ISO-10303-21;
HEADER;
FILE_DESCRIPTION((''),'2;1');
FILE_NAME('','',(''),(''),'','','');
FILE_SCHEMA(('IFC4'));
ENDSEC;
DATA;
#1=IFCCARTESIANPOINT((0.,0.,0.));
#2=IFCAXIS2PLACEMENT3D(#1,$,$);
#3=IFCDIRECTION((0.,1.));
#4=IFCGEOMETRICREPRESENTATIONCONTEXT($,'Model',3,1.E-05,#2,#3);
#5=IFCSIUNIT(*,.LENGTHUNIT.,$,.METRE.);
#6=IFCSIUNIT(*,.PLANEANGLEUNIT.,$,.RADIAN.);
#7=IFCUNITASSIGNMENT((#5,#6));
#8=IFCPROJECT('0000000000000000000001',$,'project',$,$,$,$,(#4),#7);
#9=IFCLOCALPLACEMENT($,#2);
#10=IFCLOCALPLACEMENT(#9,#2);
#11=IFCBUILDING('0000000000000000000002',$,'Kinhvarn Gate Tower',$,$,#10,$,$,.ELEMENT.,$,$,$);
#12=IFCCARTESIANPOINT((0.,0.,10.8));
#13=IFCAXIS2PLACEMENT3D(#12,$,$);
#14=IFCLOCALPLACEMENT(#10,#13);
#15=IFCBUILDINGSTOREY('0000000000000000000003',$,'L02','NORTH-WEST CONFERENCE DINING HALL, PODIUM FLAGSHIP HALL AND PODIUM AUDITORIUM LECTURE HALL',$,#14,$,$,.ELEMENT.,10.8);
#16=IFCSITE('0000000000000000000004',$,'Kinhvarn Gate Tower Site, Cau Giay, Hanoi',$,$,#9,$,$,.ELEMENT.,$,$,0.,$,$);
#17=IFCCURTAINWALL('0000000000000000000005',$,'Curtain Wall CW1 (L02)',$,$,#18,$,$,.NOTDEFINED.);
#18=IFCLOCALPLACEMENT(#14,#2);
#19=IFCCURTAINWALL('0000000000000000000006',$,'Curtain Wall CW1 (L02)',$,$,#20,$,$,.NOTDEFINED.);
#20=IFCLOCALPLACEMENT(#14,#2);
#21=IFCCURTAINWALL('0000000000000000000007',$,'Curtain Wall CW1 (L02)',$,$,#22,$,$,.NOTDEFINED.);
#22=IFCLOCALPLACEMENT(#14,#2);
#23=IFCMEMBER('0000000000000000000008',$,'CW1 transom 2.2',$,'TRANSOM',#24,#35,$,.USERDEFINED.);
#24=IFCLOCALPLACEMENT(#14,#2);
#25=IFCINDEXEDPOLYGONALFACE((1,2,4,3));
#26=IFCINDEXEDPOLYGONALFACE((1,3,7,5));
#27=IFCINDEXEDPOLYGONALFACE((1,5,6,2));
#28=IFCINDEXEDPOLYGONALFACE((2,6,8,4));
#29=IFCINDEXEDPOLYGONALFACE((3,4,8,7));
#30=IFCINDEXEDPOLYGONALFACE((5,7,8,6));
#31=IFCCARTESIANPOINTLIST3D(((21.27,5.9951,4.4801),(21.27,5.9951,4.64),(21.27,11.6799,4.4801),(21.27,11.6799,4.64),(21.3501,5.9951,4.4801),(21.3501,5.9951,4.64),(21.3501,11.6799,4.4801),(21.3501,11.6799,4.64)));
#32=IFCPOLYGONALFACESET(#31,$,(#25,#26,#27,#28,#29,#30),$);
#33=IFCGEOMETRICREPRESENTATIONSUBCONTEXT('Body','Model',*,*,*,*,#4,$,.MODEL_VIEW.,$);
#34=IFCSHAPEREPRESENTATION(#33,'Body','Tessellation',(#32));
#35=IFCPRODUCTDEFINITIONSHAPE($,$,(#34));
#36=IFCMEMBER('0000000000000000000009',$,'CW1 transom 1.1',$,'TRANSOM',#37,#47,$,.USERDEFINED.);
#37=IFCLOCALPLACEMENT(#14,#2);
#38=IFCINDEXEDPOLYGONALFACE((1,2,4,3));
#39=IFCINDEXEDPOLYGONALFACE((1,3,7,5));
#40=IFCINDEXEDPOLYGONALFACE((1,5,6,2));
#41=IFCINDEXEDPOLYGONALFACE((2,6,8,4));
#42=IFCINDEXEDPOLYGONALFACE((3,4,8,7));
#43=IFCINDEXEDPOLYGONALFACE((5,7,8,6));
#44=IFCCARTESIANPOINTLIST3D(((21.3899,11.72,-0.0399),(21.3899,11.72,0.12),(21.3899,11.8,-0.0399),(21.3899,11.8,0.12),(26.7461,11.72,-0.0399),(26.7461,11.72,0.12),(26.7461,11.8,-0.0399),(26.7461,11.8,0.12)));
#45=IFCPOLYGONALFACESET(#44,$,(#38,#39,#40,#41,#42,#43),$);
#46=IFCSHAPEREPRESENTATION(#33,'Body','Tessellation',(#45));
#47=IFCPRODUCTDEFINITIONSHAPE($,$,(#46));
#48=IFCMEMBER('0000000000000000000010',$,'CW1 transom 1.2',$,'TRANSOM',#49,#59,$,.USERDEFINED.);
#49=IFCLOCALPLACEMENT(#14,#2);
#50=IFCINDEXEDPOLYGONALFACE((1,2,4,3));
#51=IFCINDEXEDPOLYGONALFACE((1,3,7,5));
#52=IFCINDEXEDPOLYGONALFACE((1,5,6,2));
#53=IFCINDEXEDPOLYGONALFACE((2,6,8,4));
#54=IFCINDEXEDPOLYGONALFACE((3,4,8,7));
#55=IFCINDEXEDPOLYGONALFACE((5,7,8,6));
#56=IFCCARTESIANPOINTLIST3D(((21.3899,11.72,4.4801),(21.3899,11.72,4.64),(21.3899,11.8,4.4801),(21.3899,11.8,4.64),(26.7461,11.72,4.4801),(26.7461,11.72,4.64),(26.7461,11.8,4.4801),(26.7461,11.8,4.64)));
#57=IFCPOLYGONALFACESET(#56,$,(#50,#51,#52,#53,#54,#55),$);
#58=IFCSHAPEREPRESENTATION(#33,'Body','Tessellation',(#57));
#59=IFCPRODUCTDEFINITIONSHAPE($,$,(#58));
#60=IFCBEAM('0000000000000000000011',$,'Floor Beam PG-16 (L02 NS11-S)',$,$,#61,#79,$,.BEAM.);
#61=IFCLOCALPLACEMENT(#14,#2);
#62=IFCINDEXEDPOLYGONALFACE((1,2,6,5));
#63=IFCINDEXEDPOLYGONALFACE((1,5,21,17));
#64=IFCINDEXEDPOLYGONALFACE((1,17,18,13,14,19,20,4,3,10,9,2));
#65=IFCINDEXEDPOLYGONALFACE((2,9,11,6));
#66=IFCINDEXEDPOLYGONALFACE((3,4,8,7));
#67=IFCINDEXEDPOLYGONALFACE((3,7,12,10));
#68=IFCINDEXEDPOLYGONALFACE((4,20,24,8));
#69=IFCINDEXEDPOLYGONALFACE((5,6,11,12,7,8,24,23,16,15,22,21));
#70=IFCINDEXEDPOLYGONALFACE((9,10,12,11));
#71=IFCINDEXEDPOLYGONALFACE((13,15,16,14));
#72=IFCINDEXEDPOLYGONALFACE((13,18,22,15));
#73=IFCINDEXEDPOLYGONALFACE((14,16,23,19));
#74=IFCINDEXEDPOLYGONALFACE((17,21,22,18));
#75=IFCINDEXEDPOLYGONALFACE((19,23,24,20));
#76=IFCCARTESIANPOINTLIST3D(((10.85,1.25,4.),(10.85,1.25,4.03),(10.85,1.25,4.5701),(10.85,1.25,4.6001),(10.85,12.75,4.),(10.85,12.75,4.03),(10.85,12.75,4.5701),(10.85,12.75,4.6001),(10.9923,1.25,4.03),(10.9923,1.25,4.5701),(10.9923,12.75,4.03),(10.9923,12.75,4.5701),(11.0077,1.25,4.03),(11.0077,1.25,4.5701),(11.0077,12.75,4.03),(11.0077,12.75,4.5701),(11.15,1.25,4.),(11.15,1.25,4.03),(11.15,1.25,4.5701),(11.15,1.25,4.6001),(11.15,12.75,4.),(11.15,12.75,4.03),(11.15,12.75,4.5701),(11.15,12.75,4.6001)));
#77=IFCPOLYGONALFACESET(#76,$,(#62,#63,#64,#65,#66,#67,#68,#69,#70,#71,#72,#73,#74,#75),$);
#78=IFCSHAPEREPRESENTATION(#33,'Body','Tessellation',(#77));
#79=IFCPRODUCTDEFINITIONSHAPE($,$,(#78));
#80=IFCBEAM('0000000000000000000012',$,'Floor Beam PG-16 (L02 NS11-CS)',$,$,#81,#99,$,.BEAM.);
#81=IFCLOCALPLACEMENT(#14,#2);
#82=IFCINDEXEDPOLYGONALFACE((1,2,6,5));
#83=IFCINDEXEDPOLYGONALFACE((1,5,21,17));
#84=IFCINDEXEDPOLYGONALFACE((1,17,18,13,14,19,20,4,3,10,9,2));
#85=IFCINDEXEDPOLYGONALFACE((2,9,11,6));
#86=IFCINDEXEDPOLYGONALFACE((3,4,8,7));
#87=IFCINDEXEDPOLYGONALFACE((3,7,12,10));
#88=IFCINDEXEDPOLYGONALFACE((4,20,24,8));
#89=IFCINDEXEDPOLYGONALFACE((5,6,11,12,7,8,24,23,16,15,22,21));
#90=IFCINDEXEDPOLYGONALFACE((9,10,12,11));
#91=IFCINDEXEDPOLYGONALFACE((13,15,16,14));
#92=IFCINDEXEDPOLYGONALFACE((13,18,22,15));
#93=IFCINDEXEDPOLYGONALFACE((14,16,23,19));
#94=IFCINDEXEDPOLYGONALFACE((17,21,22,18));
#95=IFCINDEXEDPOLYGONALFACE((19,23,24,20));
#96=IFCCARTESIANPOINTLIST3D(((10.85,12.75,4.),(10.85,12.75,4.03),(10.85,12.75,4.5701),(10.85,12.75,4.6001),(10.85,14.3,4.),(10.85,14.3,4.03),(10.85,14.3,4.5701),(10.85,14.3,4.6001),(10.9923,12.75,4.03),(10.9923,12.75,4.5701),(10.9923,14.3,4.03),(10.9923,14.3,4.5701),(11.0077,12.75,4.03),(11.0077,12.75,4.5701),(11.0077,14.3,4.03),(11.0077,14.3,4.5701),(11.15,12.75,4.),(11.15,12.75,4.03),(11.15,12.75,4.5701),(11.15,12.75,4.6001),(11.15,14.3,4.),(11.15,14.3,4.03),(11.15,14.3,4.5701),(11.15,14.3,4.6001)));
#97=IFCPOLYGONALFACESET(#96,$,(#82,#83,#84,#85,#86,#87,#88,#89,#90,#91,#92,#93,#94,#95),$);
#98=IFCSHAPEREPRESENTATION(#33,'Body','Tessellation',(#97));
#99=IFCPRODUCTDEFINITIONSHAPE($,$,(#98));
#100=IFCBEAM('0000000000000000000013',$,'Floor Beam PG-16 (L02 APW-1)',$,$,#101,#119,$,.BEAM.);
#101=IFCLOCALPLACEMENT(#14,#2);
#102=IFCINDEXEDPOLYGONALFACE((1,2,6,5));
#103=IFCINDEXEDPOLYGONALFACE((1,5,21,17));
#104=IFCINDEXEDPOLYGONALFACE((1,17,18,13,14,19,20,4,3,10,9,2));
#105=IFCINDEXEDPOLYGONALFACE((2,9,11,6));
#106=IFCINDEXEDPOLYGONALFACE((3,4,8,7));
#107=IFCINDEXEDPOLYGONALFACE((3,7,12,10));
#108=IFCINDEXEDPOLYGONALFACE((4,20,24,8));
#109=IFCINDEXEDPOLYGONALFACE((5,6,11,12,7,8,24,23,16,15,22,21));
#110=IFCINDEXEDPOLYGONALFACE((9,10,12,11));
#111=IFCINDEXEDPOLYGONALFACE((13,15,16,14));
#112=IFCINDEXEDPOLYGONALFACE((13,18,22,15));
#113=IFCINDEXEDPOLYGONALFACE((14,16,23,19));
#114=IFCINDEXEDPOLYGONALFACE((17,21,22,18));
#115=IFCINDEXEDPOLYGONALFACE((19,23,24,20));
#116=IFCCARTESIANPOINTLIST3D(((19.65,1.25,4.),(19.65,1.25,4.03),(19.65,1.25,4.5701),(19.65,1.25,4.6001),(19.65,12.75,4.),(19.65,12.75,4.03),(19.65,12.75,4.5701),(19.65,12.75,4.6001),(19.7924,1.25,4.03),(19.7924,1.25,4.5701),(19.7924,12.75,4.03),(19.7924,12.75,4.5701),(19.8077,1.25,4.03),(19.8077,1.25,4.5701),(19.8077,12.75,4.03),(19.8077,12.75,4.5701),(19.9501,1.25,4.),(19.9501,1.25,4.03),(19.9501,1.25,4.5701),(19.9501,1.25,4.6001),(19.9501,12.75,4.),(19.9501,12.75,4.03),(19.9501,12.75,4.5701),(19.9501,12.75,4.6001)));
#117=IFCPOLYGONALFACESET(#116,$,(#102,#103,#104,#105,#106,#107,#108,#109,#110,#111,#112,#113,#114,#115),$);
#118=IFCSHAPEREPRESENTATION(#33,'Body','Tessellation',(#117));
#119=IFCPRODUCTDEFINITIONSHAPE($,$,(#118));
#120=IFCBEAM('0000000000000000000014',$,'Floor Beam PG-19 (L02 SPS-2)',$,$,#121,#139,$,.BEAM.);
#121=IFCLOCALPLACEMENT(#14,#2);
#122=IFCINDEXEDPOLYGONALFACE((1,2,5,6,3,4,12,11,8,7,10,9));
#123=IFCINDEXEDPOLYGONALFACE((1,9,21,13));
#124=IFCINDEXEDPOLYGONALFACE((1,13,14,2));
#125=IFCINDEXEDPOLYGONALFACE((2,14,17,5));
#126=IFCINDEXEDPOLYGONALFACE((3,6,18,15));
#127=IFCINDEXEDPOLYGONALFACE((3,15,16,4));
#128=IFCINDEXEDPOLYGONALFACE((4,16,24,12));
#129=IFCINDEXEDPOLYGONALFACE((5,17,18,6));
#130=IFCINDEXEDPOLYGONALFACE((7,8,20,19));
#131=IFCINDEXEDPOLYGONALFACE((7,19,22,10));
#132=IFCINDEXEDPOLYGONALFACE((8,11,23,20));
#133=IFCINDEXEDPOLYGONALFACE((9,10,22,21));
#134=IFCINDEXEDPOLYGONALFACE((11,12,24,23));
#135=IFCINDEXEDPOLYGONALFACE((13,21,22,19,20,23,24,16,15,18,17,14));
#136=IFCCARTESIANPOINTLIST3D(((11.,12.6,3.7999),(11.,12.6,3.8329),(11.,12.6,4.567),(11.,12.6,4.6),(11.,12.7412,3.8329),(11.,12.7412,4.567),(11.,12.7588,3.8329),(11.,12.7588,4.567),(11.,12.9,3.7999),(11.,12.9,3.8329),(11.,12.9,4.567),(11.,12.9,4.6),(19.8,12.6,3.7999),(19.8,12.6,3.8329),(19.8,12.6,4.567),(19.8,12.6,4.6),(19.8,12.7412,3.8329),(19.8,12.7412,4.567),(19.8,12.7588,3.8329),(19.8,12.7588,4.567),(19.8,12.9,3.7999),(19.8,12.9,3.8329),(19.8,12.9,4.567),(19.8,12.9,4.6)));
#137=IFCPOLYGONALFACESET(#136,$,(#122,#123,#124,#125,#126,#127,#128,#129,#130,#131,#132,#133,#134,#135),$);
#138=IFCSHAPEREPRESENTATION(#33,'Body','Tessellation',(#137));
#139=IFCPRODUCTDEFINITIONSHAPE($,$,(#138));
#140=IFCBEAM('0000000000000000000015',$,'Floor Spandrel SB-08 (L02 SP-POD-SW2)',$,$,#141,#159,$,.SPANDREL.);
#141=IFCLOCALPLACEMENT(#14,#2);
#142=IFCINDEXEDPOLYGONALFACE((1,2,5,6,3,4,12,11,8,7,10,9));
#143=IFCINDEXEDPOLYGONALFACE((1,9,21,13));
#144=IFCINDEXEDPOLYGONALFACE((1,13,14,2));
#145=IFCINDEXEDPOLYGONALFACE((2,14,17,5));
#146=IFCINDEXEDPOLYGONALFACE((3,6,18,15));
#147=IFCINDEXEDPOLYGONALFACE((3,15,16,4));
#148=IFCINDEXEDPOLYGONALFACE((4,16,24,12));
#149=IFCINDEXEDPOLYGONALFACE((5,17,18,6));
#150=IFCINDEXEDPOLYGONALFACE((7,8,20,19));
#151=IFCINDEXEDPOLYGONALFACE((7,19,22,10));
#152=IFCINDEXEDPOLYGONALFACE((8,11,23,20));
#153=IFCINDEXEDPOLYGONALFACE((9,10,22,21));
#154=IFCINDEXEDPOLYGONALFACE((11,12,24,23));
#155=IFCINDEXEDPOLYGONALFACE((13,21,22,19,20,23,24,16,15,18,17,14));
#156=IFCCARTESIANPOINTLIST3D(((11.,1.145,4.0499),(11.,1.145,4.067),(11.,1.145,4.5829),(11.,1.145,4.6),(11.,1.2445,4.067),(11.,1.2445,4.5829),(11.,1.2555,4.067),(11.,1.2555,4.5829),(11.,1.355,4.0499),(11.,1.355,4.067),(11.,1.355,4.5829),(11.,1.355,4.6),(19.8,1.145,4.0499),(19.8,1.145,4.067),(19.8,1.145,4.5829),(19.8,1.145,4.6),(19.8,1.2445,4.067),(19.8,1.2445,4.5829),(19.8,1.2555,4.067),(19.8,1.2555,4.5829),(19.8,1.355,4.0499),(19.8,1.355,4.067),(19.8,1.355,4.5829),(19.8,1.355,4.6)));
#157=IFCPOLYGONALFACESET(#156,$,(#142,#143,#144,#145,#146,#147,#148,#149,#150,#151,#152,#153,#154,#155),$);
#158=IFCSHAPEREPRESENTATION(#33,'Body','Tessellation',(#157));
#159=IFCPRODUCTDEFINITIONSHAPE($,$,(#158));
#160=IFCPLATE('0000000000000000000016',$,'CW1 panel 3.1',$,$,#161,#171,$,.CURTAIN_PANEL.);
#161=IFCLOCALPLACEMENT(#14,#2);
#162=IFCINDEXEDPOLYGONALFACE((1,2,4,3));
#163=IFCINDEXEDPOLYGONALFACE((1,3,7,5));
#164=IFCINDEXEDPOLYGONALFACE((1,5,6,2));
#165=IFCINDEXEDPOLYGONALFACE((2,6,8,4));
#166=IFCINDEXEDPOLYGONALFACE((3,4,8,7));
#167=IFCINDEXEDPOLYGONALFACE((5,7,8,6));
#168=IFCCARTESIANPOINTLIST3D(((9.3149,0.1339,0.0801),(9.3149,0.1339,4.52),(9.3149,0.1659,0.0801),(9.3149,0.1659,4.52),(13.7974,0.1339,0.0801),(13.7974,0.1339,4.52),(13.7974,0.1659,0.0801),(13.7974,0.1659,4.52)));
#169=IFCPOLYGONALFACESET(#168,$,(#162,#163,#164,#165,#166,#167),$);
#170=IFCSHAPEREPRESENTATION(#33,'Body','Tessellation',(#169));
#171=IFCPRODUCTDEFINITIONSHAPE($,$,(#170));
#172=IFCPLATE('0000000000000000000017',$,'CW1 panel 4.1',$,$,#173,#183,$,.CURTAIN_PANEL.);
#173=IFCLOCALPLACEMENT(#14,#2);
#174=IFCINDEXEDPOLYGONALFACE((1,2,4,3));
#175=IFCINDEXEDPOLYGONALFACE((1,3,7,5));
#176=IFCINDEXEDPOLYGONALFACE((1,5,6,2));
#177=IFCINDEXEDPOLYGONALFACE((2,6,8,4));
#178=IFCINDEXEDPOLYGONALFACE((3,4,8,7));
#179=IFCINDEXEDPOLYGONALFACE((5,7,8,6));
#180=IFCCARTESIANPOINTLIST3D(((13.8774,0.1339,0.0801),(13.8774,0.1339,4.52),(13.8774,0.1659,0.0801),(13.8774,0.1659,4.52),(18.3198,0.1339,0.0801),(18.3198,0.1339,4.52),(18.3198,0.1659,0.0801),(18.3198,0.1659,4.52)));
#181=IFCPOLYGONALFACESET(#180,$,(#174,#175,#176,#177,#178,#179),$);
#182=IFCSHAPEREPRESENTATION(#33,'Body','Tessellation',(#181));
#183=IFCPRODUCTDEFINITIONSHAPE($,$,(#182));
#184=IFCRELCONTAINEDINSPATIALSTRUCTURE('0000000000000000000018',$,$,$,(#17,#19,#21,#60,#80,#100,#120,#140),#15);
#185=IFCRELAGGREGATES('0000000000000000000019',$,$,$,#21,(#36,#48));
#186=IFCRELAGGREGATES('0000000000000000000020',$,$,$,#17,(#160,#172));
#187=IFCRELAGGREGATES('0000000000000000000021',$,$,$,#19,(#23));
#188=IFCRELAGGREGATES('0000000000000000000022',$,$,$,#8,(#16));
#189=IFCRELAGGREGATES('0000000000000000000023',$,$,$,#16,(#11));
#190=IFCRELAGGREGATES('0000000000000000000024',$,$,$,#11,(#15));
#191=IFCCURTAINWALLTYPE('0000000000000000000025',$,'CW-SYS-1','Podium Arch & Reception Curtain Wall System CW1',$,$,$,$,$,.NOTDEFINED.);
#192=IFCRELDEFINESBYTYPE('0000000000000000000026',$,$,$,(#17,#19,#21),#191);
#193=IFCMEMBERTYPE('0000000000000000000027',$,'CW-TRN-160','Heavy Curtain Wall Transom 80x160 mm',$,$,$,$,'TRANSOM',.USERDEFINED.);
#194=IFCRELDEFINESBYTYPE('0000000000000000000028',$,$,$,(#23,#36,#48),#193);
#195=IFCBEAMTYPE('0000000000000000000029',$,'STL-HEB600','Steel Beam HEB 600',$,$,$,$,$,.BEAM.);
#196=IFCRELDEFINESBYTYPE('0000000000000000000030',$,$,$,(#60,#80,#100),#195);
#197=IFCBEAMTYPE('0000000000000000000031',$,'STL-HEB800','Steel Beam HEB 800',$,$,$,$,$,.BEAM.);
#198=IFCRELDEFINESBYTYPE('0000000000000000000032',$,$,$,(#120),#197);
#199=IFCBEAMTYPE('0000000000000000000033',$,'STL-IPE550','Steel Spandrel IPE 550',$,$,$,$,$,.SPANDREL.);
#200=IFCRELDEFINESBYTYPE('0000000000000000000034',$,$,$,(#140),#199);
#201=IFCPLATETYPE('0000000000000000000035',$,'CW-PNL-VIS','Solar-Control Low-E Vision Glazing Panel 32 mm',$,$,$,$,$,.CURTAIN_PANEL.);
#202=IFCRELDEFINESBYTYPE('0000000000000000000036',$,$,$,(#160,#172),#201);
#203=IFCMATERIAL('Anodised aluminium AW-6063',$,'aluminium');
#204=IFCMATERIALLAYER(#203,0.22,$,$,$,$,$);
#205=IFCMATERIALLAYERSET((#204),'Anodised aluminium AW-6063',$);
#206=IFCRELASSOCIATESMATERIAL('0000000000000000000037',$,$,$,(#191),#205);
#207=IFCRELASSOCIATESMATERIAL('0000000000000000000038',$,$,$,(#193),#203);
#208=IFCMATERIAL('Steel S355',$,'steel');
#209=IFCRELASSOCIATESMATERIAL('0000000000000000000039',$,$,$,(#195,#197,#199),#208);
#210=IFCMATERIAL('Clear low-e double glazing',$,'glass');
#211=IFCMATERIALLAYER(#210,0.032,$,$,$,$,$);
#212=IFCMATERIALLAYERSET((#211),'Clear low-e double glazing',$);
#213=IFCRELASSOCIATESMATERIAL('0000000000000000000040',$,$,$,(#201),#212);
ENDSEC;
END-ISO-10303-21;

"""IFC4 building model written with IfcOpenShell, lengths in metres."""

from ifc_helpers import new_model, si_unit, direction, frame, origin, origin_2d, place, context, subcontext, project, spatial, rectangle, i_section, extrude, material, layer, layer_set, material_profile, profile_set, type_object, element, aggregate, save


model = new_model("IFC4")

# Units and contexts
model_context = context("Model", 3, precision=1e-05, world=origin(), true_north=direction((0.0, 1.0)))
body_context = subcontext(model_context, "Body", "Model", "MODEL_VIEW")
ifc_project = project(units=[si_unit("LENGTHUNIT", "METRE"), si_unit("PLANEANGLEUNIT", "RADIAN")], contexts=[model_context])

# Site, building, storey
site_placement = place(None, origin())
site = spatial("IfcSite", under=ifc_project, at=site_placement, Name="Kinhvarn Gate Tower Site, Cau Giay, Hanoi", CompositionType="ELEMENT", RefElevation=0.0)
building_placement = place(site_placement, origin())
building = spatial("IfcBuilding", under=site, at=building_placement, Name="Kinhvarn Gate Tower", CompositionType="ELEMENT")
storey_placement = place(building_placement, frame((0.0, 0.0, 10.8)))
storey = spatial("IfcBuildingStorey", under=building, at=storey_placement, Name="L02", Description="NORTH-WEST CONFERENCE DINING HALL, PODIUM FLAGSHIP HALL AND PODIUM AUDITORIUM LECTURE HALL", CompositionType="ELEMENT", Elevation=10.8)

# Curtain walls
ifc_material_1 = material(Name="Anodised aluminium AW-6063", Category="aluminium")
ifc_layer_1 = layer(ifc_material_1, 0.22)
ifc_layer_set_1 = layer_set([ifc_layer_1], Name="Anodised aluminium AW-6063")
curtain_wall_type = type_object("IfcCurtainWallType", Name="CW-SYS-1", Description="Podium Arch & Reception Curtain Wall System CW1", PredefinedType="NOTDEFINED", material=ifc_layer_set_1)
curtain_wall_1_placement = place(storey_placement, origin())
curtain_wall_1 = element("IfcCurtainWall", 1, at=curtain_wall_1_placement, inside=storey, type_object=curtain_wall_type, Name="Curtain Wall CW1 (L02)", PredefinedType="NOTDEFINED")
curtain_wall_2_placement = place(storey_placement, origin())
curtain_wall_2 = element("IfcCurtainWall", 2, at=curtain_wall_2_placement, inside=storey, type_object=curtain_wall_type, Name="Curtain Wall CW1 (L02)", PredefinedType="NOTDEFINED")

# Curtain wall
curtain_wall_3_placement = place(storey_placement, origin())
curtain_wall_3 = element("IfcCurtainWall", 3, at=curtain_wall_3_placement, inside=storey, type_object=curtain_wall_type, Name="Curtain Wall CW1 (L02)", PredefinedType="NOTDEFINED")

# Members
ifc_material_profile_1 = material_profile(ifc_material_1, rectangle(XDim=0.0801, YDim=0.1599, at=origin_2d()), Name="ALU 80x160")
ifc_profile_set_1 = profile_set([ifc_material_profile_1], Name="Anodised aluminium AW-6063")
member_type_1 = type_object("IfcMemberType", Name="CW-TRN-160", Description="Heavy Curtain Wall Transom 80x160 mm", ElementType="TRANSOM", PredefinedType="USERDEFINED", material=ifc_profile_set_1)
member_1_placement = place(storey_placement, frame((21.3101, 5.9951, 4.5601), z_axis=(0.0, 1.0, 0.0), x_axis=(-1.0, 0.0, 0.0)))
member_1 = element("IfcMember", 4, at=member_1_placement, type_object=member_type_1, Name="CW1 transom 2.2", ObjectType="TRANSOM", PredefinedType="USERDEFINED", context=body_context, shape_type="SweptSolid", body=[
    extrude(rectangle(XDim=0.0801, YDim=0.1599, at=origin_2d()), origin(), (0.0, 0.0, 1.0), 5.6848),
])
member_2_placement = place(storey_placement, frame((21.3899, 11.76, 0.04), z_axis=(1.0, 0.0, 0.0), x_axis=(0.0, 1.0, 0.0)))
member_2 = element("IfcMember", 5, at=member_2_placement, type_object=member_type_1, Name="CW1 transom 1.1", ObjectType="TRANSOM", PredefinedType="USERDEFINED", context=body_context, shape_type="SweptSolid", body=[
    extrude(rectangle(XDim=0.0801, YDim=0.1599, at=origin_2d()), origin(), (0.0, 0.0, 1.0), 5.3562),
])
member_3_placement = place(storey_placement, frame((21.3899, 11.76, 4.5601), z_axis=(1.0, 0.0, 0.0), x_axis=(0.0, 1.0, 0.0)))
member_3 = element("IfcMember", 6, at=member_3_placement, type_object=member_type_1, Name="CW1 transom 1.2", ObjectType="TRANSOM", PredefinedType="USERDEFINED", context=body_context, shape_type="SweptSolid", body=[
    extrude(rectangle(XDim=0.0801, YDim=0.1599, at=origin_2d()), origin(), (0.0, 0.0, 1.0), 5.3562),
])
aggregate(curtain_wall_3, [member_2, member_3])

# Beams
ifc_material_2 = material(Name="Steel S355", Category="steel")
ifc_material_profile_2 = material_profile(ifc_material_2, i_section(OverallWidth=0.3, OverallDepth=0.6001, WebThickness=0.0154, FlangeThickness=0.03, at=origin_2d()), Name="HEB 600")
ifc_profile_set_2 = profile_set([ifc_material_profile_2], Name="Steel S355")
beam_type_1 = type_object("IfcBeamType", Name="STL-HEB600", Description="Steel Beam HEB 600", PredefinedType="BEAM", material=ifc_profile_set_2)
beam_1_placement = place(storey_placement, frame((11.0, 1.25, 4.3), z_axis=(0.0, 1.0, 0.0), x_axis=(-1.0, 0.0, 0.0)))
element("IfcBeam", 7, at=beam_1_placement, inside=storey, type_object=beam_type_1, Name="Floor Beam PG-16 (L02 NS11-S)", PredefinedType="BEAM", context=body_context, shape_type="SweptSolid", body=[
    extrude(i_section(OverallWidth=0.3, OverallDepth=0.6001, WebThickness=0.0154, FlangeThickness=0.03, at=origin_2d()), origin(), (0.0, 0.0, 1.0), 11.5),
])
beam_2_placement = place(storey_placement, frame((11.0, 12.75, 4.3), z_axis=(0.0, 1.0, 0.0), x_axis=(-1.0, 0.0, 0.0)))
element("IfcBeam", 8, at=beam_2_placement, inside=storey, type_object=beam_type_1, Name="Floor Beam PG-16 (L02 NS11-CS)", PredefinedType="BEAM", context=body_context, shape_type="SweptSolid", body=[
    extrude(i_section(OverallWidth=0.3, OverallDepth=0.6001, WebThickness=0.0154, FlangeThickness=0.03, at=origin_2d()), origin(), (0.0, 0.0, 1.0), 1.55),
])
beam_3_placement = place(storey_placement, frame((19.8, 1.25, 4.3), z_axis=(0.0, 1.0, 0.0), x_axis=(-1.0, 0.0, 0.0)))
element("IfcBeam", 9, at=beam_3_placement, inside=storey, type_object=beam_type_1, Name="Floor Beam PG-16 (L02 APW-1)", PredefinedType="BEAM", context=body_context, shape_type="SweptSolid", body=[
    extrude(i_section(OverallWidth=0.3, OverallDepth=0.6001, WebThickness=0.0154, FlangeThickness=0.03, at=origin_2d()), origin(), (0.0, 0.0, 1.0), 11.5),
])
ifc_material_profile_3 = material_profile(ifc_material_2, i_section(OverallWidth=0.3, OverallDepth=0.8, WebThickness=0.0176, FlangeThickness=0.033, at=origin_2d()), Name="HEB 800")
ifc_profile_set_3 = profile_set([ifc_material_profile_3], Name="Steel S355")
beam_type_2 = type_object("IfcBeamType", Name="STL-HEB800", Description="Steel Beam HEB 800", PredefinedType="BEAM", material=ifc_profile_set_3)
beam_4_placement = place(storey_placement, frame((11.0, 12.75, 4.2), z_axis=(1.0, 0.0, 0.0), x_axis=(0.0, 1.0, 0.0)))
element("IfcBeam", 10, at=beam_4_placement, inside=storey, type_object=beam_type_2, Name="Floor Beam PG-19 (L02 SPS-2)", PredefinedType="BEAM", context=body_context, shape_type="SweptSolid", body=[
    extrude(i_section(OverallWidth=0.3, OverallDepth=0.8, WebThickness=0.0176, FlangeThickness=0.033, at=origin_2d()), origin(), (0.0, 0.0, 1.0), 8.8),
])
ifc_material_profile_4 = material_profile(ifc_material_2, i_section(OverallWidth=0.21, OverallDepth=0.55, WebThickness=0.011, FlangeThickness=0.0171, at=origin_2d()), Name="IPE 550")
ifc_profile_set_4 = profile_set([ifc_material_profile_4], Name="Steel S355")
beam_type_3 = type_object("IfcBeamType", Name="STL-IPE550", Description="Steel Spandrel IPE 550", PredefinedType="SPANDREL", material=ifc_profile_set_4)
beam_5_placement = place(storey_placement, frame((11.0, 1.25, 4.325), z_axis=(1.0, 0.0, 0.0), x_axis=(0.0, 1.0, 0.0)))
element("IfcBeam", 11, at=beam_5_placement, inside=storey, type_object=beam_type_3, Name="Floor Spandrel SB-08 (L02 SP-POD-SW2)", PredefinedType="SPANDREL", context=body_context, shape_type="SweptSolid", body=[
    extrude(i_section(OverallWidth=0.21, OverallDepth=0.55, WebThickness=0.011, FlangeThickness=0.0171, at=origin_2d()), origin(), (0.0, 0.0, 1.0), 8.8),
])

# Plates
ifc_material_3 = material(Name="Clear low-e double glazing", Category="glass")
ifc_layer_2 = layer(ifc_material_3, 0.032)
ifc_layer_set_2 = layer_set([ifc_layer_2], Name="Clear low-e double glazing")
plate_type = type_object("IfcPlateType", Name="CW-PNL-VIS", Description="Solar-Control Low-E Vision Glazing Panel 32 mm", PredefinedType="CURTAIN_PANEL", material=ifc_layer_set_2)
plate_1_placement = place(storey_placement, frame((11.5562, 0.1499, 0.0801), z_axis=(0.0, 0.0, 1.0), x_axis=(1.0, 0.0, 0.0)))
plate_1 = element("IfcPlate", 12, at=plate_1_placement, type_object=plate_type, Name="CW1 panel 3.1", PredefinedType="CURTAIN_PANEL", context=body_context, shape_type="SweptSolid", body=[
    extrude(rectangle(XDim=4.4824, YDim=0.032, at=origin_2d()), origin(), (0.0, 0.0, 1.0), 4.4399),
])
plate_2_placement = place(storey_placement, frame((16.0986, 0.1499, 0.0801), z_axis=(0.0, 0.0, 1.0), x_axis=(1.0, 0.0, 0.0)))
plate_2 = element("IfcPlate", 13, at=plate_2_placement, type_object=plate_type, Name="CW1 panel 4.1", PredefinedType="CURTAIN_PANEL", context=body_context, shape_type="SweptSolid", body=[
    extrude(rectangle(XDim=4.4424, YDim=0.032, at=origin_2d()), origin(), (0.0, 0.0, 1.0), 4.4399),
])
aggregate(curtain_wall_1, [plate_1, plate_2])
aggregate(curtain_wall_2, [member_1])

save(model, "model.ifc")
